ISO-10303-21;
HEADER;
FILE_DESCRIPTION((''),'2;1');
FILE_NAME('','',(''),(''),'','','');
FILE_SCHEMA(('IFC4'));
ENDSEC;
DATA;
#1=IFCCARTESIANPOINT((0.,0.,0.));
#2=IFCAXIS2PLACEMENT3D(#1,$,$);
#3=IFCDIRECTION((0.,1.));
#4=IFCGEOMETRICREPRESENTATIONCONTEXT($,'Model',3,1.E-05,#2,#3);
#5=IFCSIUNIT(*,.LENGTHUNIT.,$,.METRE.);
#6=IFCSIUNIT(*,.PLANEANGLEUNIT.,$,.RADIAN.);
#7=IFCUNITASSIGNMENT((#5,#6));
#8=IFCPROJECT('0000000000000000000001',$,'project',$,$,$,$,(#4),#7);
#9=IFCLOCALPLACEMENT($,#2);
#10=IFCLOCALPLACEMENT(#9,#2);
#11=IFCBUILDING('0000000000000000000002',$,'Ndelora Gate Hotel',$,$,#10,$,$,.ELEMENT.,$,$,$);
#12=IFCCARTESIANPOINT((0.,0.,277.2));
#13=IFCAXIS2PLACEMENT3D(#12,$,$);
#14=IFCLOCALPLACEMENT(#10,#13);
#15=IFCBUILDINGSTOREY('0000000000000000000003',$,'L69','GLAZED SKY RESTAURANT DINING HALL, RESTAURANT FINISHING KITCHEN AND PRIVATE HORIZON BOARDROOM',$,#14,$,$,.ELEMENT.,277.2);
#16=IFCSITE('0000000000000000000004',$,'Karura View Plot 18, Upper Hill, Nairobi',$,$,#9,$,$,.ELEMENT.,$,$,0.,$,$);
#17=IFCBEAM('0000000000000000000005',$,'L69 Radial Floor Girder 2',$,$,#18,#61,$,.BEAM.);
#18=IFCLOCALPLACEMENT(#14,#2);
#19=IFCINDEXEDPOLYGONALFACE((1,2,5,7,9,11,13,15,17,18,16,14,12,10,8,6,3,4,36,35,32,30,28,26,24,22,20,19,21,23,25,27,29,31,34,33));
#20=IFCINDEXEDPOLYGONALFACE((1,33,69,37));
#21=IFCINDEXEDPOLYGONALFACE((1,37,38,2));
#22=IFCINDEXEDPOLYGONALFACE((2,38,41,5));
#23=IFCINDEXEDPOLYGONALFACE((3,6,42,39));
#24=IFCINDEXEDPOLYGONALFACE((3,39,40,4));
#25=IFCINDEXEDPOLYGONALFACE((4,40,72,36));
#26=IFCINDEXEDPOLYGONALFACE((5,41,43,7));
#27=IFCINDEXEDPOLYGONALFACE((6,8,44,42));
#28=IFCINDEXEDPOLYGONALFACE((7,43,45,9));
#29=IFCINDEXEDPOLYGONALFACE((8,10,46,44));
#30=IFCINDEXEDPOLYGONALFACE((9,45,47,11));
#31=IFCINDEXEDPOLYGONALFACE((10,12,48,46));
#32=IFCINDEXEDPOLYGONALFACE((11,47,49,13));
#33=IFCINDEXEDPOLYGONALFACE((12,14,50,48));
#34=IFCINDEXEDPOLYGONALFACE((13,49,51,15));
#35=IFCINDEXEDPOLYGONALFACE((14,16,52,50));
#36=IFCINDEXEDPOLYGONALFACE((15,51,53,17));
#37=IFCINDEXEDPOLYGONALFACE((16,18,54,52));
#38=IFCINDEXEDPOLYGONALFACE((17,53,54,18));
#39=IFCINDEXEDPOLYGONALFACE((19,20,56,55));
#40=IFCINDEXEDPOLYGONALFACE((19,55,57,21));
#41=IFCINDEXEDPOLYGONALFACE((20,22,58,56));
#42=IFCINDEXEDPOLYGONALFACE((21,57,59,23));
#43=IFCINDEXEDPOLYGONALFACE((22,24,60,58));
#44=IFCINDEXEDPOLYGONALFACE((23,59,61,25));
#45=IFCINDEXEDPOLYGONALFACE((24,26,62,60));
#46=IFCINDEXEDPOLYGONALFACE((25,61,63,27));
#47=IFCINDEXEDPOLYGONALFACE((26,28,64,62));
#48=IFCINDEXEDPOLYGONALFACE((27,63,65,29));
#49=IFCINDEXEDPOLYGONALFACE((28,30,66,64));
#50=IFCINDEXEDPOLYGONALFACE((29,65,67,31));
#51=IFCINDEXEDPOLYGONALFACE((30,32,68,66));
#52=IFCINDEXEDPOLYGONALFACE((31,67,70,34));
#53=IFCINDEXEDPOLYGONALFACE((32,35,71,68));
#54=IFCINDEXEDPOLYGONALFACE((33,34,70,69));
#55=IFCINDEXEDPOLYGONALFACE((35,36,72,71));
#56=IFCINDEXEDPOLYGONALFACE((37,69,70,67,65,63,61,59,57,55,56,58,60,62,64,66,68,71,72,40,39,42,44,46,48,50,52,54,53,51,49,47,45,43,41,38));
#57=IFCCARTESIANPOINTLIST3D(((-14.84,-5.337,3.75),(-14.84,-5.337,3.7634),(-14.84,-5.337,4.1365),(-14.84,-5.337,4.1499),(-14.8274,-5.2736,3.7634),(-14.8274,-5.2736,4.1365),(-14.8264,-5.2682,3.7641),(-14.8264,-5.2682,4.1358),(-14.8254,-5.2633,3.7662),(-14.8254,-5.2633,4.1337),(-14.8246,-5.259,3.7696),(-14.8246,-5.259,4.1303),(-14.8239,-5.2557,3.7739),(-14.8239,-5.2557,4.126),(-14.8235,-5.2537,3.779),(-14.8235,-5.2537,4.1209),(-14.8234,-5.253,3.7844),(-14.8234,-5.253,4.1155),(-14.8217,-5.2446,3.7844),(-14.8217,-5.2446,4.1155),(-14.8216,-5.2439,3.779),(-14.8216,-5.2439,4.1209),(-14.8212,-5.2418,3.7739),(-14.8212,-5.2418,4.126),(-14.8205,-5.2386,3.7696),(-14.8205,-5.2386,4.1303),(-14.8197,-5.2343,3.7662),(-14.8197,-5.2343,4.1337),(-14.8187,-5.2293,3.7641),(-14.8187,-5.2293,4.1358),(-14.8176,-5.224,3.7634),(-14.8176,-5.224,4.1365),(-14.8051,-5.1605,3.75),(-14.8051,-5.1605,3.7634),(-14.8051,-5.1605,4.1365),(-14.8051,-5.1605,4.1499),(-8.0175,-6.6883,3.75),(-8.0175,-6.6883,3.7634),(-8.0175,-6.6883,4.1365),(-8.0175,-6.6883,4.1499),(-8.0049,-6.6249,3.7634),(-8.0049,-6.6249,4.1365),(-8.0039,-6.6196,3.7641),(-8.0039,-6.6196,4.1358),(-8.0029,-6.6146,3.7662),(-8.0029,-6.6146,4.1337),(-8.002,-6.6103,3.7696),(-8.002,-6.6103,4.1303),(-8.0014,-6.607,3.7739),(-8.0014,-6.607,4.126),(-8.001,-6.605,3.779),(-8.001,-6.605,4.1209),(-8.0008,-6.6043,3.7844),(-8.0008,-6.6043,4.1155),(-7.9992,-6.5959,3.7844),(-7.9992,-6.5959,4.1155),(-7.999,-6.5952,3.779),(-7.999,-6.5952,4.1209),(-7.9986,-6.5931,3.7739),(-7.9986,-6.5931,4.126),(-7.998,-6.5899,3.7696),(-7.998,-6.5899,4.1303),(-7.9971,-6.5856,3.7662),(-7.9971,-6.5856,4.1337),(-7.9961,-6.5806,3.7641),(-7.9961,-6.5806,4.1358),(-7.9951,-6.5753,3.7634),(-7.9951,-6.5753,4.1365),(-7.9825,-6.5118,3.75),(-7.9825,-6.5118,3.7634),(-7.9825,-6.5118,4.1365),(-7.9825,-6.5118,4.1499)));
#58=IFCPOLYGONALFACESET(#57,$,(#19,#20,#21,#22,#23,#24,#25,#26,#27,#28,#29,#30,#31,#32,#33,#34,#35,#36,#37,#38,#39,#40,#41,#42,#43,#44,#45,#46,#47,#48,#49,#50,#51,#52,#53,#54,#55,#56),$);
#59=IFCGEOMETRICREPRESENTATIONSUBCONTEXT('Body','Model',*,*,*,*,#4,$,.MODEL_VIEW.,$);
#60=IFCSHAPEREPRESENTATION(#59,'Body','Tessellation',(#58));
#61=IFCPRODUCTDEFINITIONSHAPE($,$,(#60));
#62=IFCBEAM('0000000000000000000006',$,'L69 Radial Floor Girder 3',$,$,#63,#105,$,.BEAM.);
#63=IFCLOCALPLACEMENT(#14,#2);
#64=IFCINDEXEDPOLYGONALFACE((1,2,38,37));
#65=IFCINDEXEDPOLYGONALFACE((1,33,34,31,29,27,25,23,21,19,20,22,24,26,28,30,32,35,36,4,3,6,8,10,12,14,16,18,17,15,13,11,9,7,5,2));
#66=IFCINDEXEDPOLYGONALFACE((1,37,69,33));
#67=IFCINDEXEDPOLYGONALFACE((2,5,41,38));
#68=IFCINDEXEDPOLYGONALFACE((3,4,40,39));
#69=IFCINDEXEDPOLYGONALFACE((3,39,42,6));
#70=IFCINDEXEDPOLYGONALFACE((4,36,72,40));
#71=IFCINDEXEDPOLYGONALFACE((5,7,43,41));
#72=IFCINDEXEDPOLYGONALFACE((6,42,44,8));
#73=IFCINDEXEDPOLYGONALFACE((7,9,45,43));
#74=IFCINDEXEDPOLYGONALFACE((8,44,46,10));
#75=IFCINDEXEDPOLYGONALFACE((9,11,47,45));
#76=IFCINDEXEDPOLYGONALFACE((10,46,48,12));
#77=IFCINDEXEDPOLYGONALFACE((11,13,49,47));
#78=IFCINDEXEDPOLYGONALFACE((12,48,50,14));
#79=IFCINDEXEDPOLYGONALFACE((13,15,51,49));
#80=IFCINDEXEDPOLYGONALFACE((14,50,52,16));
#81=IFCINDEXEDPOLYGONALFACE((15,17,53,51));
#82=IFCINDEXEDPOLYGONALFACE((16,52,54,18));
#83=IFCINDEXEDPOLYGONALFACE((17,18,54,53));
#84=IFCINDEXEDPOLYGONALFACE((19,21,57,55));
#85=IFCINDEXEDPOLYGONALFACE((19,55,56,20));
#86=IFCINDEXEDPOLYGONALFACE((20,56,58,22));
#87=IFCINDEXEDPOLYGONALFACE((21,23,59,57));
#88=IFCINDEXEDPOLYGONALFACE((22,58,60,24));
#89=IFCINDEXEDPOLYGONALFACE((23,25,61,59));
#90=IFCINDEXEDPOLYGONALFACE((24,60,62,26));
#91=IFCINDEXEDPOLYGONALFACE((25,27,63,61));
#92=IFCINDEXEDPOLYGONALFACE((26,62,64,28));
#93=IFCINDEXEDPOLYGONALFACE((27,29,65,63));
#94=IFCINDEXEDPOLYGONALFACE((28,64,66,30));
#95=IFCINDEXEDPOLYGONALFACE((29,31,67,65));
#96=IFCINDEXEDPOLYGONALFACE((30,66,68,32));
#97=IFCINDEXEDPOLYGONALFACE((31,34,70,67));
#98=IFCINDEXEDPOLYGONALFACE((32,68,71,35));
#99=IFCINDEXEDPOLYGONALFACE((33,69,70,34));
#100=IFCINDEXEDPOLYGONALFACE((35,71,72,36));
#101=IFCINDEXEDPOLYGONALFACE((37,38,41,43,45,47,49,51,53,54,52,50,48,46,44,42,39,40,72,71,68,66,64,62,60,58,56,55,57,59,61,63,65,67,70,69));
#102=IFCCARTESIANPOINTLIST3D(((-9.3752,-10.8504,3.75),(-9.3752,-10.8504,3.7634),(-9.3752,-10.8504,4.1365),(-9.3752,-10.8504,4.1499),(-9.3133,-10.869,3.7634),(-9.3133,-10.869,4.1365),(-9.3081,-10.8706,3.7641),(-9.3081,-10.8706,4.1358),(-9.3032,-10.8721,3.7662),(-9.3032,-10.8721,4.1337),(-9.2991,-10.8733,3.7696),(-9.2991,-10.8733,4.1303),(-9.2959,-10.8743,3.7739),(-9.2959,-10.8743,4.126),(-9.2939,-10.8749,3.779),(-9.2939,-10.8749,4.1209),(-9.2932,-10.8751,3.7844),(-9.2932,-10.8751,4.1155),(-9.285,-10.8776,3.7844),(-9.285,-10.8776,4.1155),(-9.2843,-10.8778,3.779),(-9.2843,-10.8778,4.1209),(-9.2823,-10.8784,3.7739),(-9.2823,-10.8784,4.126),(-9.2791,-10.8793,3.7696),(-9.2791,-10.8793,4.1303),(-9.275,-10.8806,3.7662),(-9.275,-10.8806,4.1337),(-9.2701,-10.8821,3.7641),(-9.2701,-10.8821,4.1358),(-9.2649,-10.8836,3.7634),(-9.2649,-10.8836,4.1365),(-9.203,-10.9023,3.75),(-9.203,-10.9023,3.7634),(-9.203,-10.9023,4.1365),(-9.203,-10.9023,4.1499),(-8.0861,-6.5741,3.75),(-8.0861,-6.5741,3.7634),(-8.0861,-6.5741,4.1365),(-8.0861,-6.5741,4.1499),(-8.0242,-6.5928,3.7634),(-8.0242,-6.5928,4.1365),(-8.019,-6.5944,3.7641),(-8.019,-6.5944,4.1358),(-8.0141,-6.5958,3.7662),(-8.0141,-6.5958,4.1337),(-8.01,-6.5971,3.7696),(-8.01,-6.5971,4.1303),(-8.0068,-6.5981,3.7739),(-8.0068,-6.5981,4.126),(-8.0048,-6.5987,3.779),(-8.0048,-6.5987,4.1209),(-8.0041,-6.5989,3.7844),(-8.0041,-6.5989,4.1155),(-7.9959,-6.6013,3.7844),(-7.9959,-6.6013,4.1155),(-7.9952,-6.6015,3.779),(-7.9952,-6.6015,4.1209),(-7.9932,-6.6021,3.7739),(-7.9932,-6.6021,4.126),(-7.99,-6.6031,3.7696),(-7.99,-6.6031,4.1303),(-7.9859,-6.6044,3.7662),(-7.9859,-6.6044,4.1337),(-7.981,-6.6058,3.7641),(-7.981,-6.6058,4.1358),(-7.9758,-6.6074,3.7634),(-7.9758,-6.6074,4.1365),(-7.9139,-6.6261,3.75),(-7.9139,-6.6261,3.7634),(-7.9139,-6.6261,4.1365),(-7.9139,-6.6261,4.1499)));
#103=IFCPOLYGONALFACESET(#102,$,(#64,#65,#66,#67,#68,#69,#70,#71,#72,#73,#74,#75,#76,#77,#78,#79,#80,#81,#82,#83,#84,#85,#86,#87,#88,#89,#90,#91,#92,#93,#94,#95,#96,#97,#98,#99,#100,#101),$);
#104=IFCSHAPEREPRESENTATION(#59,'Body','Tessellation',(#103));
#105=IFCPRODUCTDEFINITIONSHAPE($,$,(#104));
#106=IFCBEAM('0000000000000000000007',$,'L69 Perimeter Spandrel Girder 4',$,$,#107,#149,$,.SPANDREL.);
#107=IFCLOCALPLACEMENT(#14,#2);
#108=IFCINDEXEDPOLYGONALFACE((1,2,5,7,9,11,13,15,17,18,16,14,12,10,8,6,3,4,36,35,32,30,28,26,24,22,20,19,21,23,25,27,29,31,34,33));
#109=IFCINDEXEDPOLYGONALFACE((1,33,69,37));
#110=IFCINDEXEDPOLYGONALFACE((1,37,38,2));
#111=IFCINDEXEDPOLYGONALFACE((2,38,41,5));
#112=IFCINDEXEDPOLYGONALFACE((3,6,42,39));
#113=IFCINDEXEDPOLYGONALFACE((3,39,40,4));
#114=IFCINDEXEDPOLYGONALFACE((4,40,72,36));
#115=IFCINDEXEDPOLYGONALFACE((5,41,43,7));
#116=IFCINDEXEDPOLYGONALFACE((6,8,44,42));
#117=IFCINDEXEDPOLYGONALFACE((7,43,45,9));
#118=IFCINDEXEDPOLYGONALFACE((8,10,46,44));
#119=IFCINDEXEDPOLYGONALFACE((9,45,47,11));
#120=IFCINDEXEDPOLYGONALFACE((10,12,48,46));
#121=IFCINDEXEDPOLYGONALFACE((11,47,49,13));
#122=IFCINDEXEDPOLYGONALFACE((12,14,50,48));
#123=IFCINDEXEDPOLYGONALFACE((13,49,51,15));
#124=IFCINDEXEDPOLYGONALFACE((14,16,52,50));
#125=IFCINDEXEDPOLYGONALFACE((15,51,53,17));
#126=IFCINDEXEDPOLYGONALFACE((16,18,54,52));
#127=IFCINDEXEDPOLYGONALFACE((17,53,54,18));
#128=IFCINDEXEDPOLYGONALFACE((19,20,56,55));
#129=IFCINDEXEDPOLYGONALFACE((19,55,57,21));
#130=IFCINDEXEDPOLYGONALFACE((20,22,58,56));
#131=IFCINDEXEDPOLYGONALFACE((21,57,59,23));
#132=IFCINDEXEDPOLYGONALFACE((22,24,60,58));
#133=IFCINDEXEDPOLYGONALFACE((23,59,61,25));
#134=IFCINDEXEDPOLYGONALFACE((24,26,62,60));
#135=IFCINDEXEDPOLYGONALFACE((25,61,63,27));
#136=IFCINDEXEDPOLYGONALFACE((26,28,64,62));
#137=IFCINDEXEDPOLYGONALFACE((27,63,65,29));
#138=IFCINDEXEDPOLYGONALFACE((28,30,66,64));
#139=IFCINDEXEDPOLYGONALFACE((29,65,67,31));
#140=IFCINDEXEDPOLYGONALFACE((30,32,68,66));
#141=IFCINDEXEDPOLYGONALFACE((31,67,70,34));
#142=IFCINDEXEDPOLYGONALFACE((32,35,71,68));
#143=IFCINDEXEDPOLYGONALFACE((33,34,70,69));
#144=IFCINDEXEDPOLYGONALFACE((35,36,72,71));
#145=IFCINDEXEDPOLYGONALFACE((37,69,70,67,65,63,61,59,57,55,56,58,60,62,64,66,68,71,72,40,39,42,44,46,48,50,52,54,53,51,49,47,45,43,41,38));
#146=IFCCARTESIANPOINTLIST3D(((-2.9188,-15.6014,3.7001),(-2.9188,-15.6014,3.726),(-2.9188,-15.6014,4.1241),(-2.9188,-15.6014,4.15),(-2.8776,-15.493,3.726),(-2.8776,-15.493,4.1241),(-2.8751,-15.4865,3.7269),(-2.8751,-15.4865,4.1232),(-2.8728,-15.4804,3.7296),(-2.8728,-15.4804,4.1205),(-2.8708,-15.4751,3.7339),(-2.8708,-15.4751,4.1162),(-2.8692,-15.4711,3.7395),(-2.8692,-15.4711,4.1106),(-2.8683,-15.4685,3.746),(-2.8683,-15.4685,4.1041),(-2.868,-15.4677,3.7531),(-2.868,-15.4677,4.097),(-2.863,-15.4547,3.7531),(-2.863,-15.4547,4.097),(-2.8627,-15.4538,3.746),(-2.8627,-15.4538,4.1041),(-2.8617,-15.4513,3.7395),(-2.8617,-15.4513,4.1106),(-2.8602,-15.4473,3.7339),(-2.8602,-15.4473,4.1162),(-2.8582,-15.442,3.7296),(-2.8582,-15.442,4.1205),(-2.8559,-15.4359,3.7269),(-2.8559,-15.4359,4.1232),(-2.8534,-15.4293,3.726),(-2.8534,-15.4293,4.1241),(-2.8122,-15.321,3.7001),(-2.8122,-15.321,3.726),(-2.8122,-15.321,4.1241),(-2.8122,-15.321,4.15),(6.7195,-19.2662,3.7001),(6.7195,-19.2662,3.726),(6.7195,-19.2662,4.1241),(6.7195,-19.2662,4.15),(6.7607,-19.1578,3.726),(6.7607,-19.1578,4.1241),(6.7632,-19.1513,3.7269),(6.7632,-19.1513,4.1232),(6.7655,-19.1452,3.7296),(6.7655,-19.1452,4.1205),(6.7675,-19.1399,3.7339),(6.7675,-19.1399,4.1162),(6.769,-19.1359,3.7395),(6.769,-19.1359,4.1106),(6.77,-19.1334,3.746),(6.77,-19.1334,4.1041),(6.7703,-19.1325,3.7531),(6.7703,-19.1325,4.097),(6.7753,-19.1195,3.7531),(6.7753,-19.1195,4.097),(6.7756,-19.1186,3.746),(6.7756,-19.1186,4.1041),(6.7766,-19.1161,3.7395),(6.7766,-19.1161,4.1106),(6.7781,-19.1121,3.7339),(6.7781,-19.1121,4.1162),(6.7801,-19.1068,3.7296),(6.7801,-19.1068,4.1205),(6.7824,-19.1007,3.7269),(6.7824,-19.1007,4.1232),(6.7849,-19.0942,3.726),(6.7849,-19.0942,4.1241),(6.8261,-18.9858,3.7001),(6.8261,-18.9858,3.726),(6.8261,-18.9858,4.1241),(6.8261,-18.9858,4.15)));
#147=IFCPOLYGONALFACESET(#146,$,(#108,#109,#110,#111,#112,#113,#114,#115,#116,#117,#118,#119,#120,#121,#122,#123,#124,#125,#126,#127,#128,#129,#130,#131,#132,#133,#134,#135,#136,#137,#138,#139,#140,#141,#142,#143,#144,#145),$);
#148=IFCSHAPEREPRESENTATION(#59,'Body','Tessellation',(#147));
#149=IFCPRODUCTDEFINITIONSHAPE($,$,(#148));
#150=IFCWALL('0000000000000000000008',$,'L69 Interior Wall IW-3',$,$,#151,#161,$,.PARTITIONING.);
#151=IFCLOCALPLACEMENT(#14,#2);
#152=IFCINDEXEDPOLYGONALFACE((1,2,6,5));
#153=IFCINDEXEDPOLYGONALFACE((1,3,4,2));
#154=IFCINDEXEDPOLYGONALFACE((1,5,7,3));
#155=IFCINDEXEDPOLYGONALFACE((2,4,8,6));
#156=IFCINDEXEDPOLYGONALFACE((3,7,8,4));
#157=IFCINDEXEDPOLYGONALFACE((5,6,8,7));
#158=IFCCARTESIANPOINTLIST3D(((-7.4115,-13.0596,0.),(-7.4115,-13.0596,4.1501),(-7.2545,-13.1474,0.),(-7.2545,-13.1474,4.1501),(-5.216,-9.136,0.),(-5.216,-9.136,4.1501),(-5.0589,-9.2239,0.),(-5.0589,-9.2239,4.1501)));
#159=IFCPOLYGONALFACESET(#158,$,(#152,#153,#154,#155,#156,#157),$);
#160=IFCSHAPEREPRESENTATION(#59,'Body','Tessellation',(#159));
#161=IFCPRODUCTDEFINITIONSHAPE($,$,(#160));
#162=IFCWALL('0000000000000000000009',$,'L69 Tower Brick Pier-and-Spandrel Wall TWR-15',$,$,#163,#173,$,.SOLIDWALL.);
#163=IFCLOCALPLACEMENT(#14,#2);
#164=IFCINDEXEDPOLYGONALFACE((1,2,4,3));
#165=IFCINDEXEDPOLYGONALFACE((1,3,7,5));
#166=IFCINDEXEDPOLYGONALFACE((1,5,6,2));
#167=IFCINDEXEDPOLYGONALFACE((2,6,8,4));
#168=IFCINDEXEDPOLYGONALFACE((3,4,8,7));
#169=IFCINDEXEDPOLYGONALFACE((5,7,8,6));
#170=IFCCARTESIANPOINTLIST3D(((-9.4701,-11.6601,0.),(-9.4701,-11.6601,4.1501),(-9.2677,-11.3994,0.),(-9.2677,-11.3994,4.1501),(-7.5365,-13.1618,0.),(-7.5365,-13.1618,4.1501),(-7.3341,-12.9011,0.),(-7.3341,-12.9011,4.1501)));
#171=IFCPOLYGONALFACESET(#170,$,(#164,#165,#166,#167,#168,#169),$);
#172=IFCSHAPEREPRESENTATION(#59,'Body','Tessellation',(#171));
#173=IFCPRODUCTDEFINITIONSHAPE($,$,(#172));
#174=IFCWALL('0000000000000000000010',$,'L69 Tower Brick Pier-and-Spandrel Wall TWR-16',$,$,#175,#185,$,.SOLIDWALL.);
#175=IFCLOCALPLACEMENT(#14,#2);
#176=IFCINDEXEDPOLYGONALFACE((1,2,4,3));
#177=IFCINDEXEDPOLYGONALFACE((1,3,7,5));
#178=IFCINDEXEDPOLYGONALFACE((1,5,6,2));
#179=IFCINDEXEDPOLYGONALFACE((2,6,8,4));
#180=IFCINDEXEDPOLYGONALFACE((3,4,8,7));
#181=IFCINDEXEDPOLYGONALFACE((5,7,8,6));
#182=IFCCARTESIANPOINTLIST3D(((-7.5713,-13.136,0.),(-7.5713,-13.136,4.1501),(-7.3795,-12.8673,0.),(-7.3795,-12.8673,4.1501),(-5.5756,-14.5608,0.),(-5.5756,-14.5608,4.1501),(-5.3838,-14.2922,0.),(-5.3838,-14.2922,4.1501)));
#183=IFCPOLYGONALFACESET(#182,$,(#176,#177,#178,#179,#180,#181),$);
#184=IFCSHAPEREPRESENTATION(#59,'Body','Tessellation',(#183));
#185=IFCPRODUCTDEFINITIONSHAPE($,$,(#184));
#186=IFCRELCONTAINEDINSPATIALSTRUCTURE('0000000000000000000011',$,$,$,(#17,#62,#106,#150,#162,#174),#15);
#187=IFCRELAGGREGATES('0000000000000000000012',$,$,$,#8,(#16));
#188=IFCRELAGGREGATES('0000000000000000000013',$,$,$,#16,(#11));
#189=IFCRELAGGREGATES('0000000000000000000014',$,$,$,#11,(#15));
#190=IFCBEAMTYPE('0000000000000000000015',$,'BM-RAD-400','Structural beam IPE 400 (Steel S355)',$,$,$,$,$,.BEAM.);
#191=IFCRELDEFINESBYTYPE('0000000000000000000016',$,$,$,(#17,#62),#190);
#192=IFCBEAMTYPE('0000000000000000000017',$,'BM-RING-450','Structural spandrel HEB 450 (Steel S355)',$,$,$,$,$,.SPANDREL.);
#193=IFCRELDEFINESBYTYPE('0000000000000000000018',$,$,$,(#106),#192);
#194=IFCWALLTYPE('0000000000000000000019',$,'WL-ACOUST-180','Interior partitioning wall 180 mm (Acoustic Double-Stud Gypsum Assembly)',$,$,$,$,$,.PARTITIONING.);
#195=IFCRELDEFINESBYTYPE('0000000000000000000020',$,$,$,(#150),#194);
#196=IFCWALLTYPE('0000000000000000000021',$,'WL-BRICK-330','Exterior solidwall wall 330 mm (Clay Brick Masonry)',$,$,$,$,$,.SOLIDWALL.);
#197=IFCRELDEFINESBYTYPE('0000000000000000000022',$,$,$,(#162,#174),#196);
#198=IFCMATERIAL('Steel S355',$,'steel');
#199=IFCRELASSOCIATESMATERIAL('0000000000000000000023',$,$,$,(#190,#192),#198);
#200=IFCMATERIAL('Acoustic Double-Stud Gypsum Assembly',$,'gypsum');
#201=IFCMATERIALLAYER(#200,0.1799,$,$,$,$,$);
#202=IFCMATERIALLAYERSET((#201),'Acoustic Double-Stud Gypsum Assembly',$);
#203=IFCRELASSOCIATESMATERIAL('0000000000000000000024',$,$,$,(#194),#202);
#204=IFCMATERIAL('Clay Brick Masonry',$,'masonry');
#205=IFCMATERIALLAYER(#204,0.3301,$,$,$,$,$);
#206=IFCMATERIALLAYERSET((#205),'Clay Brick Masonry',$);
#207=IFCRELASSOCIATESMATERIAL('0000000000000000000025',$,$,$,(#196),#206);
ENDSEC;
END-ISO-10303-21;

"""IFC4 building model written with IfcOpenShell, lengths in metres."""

from ifc_helpers import new_model, si_unit, direction, frame, frame_2d, origin, origin_2d, place, context, subcontext, project, spatial, rectangle, i_section, extrude, material, layer, layer_set, material_profile, profile_set, type_object, element, save


model = new_model("IFC4")

# Units and contexts
model_context = context("Model", 3, precision=1e-05, world=origin(), true_north=direction((0.0, 1.0)))
body_context = subcontext(model_context, "Body", "Model", "MODEL_VIEW")
ifc_project = project(units=[si_unit("LENGTHUNIT", "METRE"), si_unit("PLANEANGLEUNIT", "RADIAN")], contexts=[model_context])

# Site, building, storey
site_placement = place(None, origin())
site = spatial("IfcSite", under=ifc_project, at=site_placement, Name="Karura View Plot 18, Upper Hill, Nairobi", CompositionType="ELEMENT", RefElevation=0.0)
building_placement = place(site_placement, origin())
building = spatial("IfcBuilding", under=site, at=building_placement, Name="Ndelora Gate Hotel", CompositionType="ELEMENT")
storey_placement = place(building_placement, frame((0.0, 0.0, 277.2)))
storey = spatial("IfcBuildingStorey", under=building, at=storey_placement, Name="L69", Description="GLAZED SKY RESTAURANT DINING HALL, RESTAURANT FINISHING KITCHEN AND PRIVATE HORIZON BOARDROOM", CompositionType="ELEMENT", Elevation=277.2)

# Beams
ifc_material_1 = material(Name="Steel S355", Category="steel")
ifc_material_profile_1 = material_profile(ifc_material_1, i_section(OverallWidth=0.1799, OverallDepth=0.3999, WebThickness=0.0085, FlangeThickness=0.0134, FilletRadius=0.021, at=origin_2d()), Name="IPE 400")
ifc_profile_set_1 = profile_set([ifc_material_profile_1], Name="Steel S355")
beam_type_1 = type_object("IfcBeamType", Name="BM-RAD-400", Description="Structural beam IPE 400 (Steel S355)", PredefinedType="BEAM", material=ifc_profile_set_1)
beam_1_placement = place(storey_placement, frame((-8.0, -6.6001, 3.95), z_axis=(-0.980944, 0.194293, 0.0), x_axis=(-0.194293, -0.980944, 0.0)))
element("IfcBeam", 1, at=beam_1_placement, inside=storey, type_object=beam_type_1, Name="L69 Radial Floor Girder 2", PredefinedType="BEAM", context=body_context, shape_type="SweptSolid", body=[
    extrude(i_section(OverallWidth=0.1799, OverallDepth=0.3999, WebThickness=0.0085, FlangeThickness=0.0134, FilletRadius=0.021, at=origin_2d()), origin(), (0.0, 0.0, 1.0), 6.9551),
])
beam_2_placement = place(storey_placement, frame((-8.0, -6.6001, 3.95), z_axis=(-0.288626, -0.957442, 0.0), x_axis=(0.957442, -0.288626, 0.0)))
element("IfcBeam", 2, at=beam_2_placement, inside=storey, type_object=beam_type_1, Name="L69 Radial Floor Girder 3", PredefinedType="BEAM", context=body_context, shape_type="SweptSolid", body=[
    extrude(i_section(OverallWidth=0.1799, OverallDepth=0.3999, WebThickness=0.0085, FlangeThickness=0.0134, FilletRadius=0.021, at=origin_2d()), origin(), (0.0, 0.0, 1.0), 4.4663),
])
ifc_material_profile_2 = material_profile(ifc_material_1, i_section(OverallWidth=0.3, OverallDepth=0.45, WebThickness=0.0139, FlangeThickness=0.0259, FilletRadius=0.0271, at=origin_2d()), Name="HEB 450")
ifc_profile_set_2 = profile_set([ifc_material_profile_2], Name="Steel S355")
beam_type_2 = type_object("IfcBeamType", Name="BM-RING-450", Description="Structural spandrel HEB 450 (Steel S355)", PredefinedType="SPANDREL", material=ifc_profile_set_2)
beam_3_placement = place(storey_placement, frame((-2.8655, -15.4612, 3.925), z_axis=(0.93471, -0.355411, 0.0), x_axis=(0.355411, 0.93471, 0.0)))
element("IfcBeam", 3, at=beam_3_placement, inside=storey, type_object=beam_type_2, Name="L69 Perimeter Spandrel Girder 4", PredefinedType="SPANDREL", context=body_context, shape_type="SweptSolid", body=[
    extrude(i_section(OverallWidth=0.3, OverallDepth=0.45, WebThickness=0.0139, FlangeThickness=0.0259, FilletRadius=0.0271, at=origin_2d()), origin(), (0.0, 0.0, 1.0), 10.3115),
])

# Walls
ifc_material_2 = material(Name="Acoustic Double-Stud Gypsum Assembly", Category="gypsum")
ifc_layer_1 = layer(ifc_material_2, 0.1799)
ifc_layer_set_1 = layer_set([ifc_layer_1], Name="Acoustic Double-Stud Gypsum Assembly")
wall_type_1 = type_object("IfcWallType", Name="WL-ACOUST-180", Description="Interior partitioning wall 180 mm (Acoustic Double-Stud Gypsum Assembly)", PredefinedType="PARTITIONING", material=ifc_layer_set_1)
wall_1_placement = place(storey_placement, frame((-5.1375, -9.1799, 0.0), z_axis=(0.0, 0.0, 1.0), x_axis=(-0.488324, -0.872662, 0.0)))
element("IfcWall", 4, at=wall_1_placement, inside=storey, type_object=wall_type_1, Name="L69 Interior Wall IW-3", PredefinedType="PARTITIONING", context=body_context, shape_type="SweptSolid", body=[
    extrude(rectangle(XDim=4.4961, YDim=0.1799, at=frame_2d((2.248, 0.0))), origin(), (0.0, 0.0, 1.0), 4.1501),
])
ifc_material_3 = material(Name="Clay Brick Masonry", Category="masonry")
ifc_layer_2 = layer(ifc_material_3, 0.3301)
ifc_layer_set_2 = layer_set([ifc_layer_2], Name="Clay Brick Masonry")
wall_type_2 = type_object("IfcWallType", Name="WL-BRICK-330", Description="Exterior solidwall wall 330 mm (Clay Brick Masonry)", PredefinedType="SOLIDWALL", material=ifc_layer_set_2)
wall_2_placement = place(storey_placement, frame((-7.4353, -13.0315, 0.0), z_axis=(0.0, 0.0, 1.0), x_axis=(-0.789787, 0.613381, 0.0)))
element("IfcWall", 5, at=wall_2_placement, inside=storey, type_object=wall_type_2, Name="L69 Tower Brick Pier-and-Spandrel Wall TWR-15", PredefinedType="SOLIDWALL", context=body_context, shape_type="SweptSolid", body=[
    extrude(rectangle(XDim=2.4482, YDim=0.3301, at=frame_2d((1.2241, 0.0))), origin(), (0.0, 0.0, 1.0), 4.1501),
])
wall_3_placement = place(storey_placement, frame((-5.4797, -14.4265, 0.0), z_axis=(0.0, 0.0, 1.0), x_axis=(-0.813855, 0.581069, 0.0)))
element("IfcWall", 6, at=wall_3_placement, inside=storey, type_object=wall_type_2, Name="L69 Tower Brick Pier-and-Spandrel Wall TWR-16", PredefinedType="SOLIDWALL", context=body_context, shape_type="SweptSolid", body=[
    extrude(rectangle(XDim=2.4521, YDim=0.3301, at=frame_2d((1.2261, 0.0))), origin(), (0.0, 0.0, 1.0), 4.1501),
])

save(model, "model.ifc")
